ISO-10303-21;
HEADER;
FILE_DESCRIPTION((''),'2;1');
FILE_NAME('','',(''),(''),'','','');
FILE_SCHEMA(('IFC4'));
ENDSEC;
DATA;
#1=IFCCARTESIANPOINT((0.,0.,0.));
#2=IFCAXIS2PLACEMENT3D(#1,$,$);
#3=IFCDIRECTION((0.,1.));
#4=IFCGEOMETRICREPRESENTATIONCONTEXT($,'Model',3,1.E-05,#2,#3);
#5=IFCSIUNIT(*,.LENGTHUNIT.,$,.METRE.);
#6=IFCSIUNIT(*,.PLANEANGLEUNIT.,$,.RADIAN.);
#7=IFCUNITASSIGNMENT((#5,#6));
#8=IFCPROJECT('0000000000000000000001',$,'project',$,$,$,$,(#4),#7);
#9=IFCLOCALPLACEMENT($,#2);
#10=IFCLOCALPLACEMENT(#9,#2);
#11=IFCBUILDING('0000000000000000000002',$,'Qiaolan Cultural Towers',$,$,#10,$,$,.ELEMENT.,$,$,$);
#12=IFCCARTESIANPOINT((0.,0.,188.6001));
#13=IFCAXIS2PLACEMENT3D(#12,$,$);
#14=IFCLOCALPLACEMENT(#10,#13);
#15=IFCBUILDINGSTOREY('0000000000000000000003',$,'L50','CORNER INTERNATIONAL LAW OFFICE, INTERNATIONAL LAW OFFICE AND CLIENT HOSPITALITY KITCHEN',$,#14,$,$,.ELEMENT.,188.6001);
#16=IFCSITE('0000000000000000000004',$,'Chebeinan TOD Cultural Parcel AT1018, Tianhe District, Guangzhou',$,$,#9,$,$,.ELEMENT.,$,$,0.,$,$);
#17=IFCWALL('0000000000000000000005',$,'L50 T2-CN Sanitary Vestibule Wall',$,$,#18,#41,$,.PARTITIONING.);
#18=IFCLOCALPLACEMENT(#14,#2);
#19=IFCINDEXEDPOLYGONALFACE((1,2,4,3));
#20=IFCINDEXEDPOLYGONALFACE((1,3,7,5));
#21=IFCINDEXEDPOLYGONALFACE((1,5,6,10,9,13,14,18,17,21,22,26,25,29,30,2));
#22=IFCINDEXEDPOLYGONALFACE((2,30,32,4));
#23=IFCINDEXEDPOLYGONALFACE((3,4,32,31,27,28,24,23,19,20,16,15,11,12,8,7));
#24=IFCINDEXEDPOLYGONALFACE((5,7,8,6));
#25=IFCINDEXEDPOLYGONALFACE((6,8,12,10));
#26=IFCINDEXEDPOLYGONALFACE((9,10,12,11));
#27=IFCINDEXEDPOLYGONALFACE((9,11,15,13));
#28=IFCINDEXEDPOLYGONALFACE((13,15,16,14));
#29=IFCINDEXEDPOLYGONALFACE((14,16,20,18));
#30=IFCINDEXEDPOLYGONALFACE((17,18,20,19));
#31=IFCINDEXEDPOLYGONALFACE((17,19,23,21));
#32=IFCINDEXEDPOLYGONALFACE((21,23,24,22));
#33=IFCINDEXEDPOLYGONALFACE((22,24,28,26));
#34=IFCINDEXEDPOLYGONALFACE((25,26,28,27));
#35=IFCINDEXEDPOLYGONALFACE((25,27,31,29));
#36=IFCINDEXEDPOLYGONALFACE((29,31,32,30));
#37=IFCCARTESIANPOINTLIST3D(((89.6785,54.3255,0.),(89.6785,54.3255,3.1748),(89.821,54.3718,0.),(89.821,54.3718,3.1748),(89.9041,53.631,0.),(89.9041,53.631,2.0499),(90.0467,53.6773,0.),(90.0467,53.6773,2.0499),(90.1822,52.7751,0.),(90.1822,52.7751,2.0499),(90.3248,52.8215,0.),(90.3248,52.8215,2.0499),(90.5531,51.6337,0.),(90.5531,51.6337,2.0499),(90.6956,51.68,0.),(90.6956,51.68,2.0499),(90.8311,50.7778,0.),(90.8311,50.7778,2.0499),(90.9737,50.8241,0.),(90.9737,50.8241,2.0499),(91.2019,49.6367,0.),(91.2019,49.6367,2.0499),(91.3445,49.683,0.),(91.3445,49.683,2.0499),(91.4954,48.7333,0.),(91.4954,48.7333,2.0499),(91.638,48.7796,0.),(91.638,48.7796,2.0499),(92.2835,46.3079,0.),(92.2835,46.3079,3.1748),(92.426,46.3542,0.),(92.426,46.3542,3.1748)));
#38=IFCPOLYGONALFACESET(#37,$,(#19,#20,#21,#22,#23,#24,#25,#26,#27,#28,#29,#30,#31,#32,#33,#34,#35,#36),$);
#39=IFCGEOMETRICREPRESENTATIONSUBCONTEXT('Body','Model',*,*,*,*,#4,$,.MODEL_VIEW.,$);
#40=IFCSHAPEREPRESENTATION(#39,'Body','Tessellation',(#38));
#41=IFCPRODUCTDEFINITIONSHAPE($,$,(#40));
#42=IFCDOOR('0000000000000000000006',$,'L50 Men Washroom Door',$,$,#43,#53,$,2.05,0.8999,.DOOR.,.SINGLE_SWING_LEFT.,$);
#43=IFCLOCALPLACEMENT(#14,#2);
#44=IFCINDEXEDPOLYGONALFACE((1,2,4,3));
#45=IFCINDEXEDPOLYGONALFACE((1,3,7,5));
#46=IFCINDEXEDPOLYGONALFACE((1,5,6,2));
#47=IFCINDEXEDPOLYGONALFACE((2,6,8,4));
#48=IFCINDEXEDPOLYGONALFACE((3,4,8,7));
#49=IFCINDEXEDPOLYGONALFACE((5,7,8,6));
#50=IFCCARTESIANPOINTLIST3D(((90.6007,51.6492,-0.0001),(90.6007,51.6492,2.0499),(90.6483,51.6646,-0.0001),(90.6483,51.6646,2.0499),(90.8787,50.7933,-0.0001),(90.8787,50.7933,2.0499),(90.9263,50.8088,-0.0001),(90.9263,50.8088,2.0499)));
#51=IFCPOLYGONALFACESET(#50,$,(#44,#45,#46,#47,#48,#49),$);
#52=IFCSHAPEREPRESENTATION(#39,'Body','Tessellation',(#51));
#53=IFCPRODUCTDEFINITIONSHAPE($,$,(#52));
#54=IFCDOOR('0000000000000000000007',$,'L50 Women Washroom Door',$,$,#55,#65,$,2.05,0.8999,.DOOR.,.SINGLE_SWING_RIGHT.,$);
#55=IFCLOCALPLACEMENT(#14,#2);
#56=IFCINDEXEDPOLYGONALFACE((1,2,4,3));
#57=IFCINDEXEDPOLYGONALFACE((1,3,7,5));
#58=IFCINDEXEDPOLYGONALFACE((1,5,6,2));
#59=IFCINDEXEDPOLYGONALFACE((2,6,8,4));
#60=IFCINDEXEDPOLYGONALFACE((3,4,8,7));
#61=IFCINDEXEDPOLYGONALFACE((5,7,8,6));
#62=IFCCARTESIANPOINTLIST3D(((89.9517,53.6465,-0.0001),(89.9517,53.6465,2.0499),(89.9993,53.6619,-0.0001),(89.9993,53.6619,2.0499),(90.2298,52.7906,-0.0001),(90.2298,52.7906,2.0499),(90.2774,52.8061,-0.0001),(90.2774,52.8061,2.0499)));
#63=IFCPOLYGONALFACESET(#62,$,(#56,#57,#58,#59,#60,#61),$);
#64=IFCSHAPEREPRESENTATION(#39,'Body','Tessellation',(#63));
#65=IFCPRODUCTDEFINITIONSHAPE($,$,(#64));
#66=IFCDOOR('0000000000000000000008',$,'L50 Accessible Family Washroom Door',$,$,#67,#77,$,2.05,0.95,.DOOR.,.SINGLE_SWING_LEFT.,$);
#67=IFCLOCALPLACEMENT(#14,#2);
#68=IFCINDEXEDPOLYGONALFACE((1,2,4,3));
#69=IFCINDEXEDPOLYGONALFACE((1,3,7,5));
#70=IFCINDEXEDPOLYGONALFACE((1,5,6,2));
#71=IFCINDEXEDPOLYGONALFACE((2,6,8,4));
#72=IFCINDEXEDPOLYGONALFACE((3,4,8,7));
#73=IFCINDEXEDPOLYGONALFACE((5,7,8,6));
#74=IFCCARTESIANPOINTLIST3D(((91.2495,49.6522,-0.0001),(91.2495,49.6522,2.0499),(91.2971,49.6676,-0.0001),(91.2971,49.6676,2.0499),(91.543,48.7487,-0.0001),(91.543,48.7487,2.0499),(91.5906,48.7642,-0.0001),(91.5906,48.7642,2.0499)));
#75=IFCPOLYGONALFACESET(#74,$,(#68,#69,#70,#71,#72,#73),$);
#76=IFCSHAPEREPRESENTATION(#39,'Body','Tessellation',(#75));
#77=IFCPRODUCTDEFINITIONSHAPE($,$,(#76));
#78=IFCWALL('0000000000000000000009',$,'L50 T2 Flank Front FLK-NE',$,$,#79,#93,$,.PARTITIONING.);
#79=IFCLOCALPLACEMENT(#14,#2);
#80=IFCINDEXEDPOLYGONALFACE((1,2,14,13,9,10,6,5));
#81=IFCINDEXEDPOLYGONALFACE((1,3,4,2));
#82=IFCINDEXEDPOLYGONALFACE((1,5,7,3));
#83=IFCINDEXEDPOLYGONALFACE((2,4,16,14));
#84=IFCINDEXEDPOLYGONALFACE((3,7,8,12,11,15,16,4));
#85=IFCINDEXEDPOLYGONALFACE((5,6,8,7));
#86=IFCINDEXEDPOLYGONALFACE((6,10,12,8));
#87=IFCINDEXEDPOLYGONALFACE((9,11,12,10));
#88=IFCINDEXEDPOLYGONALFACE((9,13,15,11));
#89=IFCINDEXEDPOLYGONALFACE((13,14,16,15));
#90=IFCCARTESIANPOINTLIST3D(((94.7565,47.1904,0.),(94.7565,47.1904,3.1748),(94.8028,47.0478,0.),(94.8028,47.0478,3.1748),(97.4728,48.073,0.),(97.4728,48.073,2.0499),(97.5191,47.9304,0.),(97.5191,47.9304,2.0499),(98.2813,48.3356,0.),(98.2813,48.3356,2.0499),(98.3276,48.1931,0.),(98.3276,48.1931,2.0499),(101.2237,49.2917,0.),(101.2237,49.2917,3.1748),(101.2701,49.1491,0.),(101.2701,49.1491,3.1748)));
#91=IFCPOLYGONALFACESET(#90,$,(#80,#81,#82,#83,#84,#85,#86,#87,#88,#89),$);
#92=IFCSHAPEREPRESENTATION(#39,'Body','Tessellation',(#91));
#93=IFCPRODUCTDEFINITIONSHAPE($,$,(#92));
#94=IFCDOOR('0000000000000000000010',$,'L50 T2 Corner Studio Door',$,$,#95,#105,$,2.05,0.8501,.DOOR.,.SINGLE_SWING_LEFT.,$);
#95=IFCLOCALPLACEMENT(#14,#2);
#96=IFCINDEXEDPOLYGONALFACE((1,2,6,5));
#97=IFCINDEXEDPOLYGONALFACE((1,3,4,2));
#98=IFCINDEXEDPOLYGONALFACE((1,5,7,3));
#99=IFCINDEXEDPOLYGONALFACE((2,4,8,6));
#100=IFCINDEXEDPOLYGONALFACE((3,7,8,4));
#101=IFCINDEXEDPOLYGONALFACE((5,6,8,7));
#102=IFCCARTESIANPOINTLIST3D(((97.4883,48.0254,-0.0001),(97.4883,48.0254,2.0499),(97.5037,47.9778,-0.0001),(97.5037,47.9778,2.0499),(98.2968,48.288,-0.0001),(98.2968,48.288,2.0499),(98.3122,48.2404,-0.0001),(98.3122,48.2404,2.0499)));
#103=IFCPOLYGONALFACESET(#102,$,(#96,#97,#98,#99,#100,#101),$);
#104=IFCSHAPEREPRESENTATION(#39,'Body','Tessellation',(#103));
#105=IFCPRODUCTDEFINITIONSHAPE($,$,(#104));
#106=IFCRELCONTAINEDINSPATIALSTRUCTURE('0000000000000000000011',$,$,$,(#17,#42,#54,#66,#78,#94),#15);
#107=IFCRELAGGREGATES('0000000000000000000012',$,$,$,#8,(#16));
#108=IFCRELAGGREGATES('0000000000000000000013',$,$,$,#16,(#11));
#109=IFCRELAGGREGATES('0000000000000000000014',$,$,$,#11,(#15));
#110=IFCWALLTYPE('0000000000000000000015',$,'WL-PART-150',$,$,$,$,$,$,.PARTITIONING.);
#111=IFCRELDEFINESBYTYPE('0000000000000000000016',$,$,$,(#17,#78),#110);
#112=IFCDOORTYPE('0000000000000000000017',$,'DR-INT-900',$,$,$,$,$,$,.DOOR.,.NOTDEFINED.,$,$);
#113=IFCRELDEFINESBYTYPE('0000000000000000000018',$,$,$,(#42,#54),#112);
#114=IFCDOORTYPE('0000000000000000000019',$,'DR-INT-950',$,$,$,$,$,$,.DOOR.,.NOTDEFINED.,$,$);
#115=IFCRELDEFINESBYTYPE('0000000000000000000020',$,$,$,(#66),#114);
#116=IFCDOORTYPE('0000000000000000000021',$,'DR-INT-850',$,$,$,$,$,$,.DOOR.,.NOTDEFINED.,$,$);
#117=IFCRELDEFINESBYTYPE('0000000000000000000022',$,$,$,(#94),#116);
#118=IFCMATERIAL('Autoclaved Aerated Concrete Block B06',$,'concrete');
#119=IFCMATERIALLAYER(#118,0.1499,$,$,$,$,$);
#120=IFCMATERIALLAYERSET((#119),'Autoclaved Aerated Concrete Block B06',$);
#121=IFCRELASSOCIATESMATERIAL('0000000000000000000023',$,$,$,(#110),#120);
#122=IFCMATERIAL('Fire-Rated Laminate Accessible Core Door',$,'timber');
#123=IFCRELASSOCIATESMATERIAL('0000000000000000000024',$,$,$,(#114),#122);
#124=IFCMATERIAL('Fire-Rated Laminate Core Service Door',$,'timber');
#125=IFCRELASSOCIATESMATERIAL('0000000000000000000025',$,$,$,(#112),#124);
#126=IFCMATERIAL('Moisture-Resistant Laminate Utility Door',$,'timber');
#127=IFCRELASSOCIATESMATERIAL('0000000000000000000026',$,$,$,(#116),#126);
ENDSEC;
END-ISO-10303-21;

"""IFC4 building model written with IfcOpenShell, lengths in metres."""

from ifc_helpers import new_model, si_unit, direction, frame, frame_2d, origin, place, context, subcontext, project, spatial, rectangle, extrude, material, layer, layer_set, type_object, element, fill, save


model = new_model("IFC4")

# Units and contexts
model_context = context("Model", 3, precision=1e-05, world=origin(), true_north=direction((0.0, 1.0)))
body_context = subcontext(model_context, "Body", "Model", "MODEL_VIEW")
ifc_project = project(units=[si_unit("LENGTHUNIT", "METRE"), si_unit("PLANEANGLEUNIT", "RADIAN")], contexts=[model_context])

# Site, building, storey
site_placement = place(None, origin())
site = spatial("IfcSite", under=ifc_project, at=site_placement, Name="Chebeinan TOD Cultural Parcel AT1018, Tianhe District, Guangzhou", CompositionType="ELEMENT", RefElevation=0.0)
building_placement = place(site_placement, origin())
building = spatial("IfcBuilding", under=site, at=building_placement, Name="Qiaolan Cultural Towers", CompositionType="ELEMENT")
storey_placement = place(building_placement, frame((0.0, 0.0, 188.6001)))
storey = spatial("IfcBuildingStorey", under=building, at=storey_placement, Name="L50", Description="CORNER INTERNATIONAL LAW OFFICE, INTERNATIONAL LAW OFFICE AND CLIENT HOSPITALITY KITCHEN", CompositionType="ELEMENT", Elevation=188.6001)

# Shared definitions
ifc_material_1 = material(Name="Autoclaved Aerated Concrete Block B06", Category="concrete")
ifc_layer_1 = layer(ifc_material_1, 0.1499)
ifc_layer_set_1 = layer_set([ifc_layer_1], Name="Autoclaved Aerated Concrete Block B06")
wall_type_1 = type_object("IfcWallType", Name="WL-PART-150", PredefinedType="PARTITIONING", material=ifc_layer_set_1)
ifc_material_2 = material(Name="Fire-Rated Laminate Accessible Core Door", Category="timber")
door_type_1 = type_object("IfcDoorType", Name="DR-INT-950", OperationType="NOTDEFINED", PredefinedType="DOOR", material=ifc_material_2)

# Wall, openings, doors
wall_1_placement = place(storey_placement, frame((92.3547, 46.3311, 0.0), z_axis=(0.0, 0.0, 1.0), x_axis=(-0.309007, 0.95106, 0.0)))
wall_1 = element("IfcWall", 1, at=wall_1_placement, inside=storey, type_object=wall_type_1, Name="L50 T2-CN Sanitary Vestibule Wall", PredefinedType="PARTITIONING", context=body_context, shape_type="SweptSolid", body=[
    extrude(rectangle(XDim=8.4302, YDim=0.1499, at=frame_2d((4.2151, 0.0))), origin(), (0.0, 0.0, 1.0), 3.1748),
])
opening_1_placement = place(wall_1_placement, frame((2.55, 0.0, 0.0)))
opening_1 = element("IfcOpeningElement", 2, at=opening_1_placement, cuts=wall_1, PredefinedType="OPENING", context=body_context, shape_type="SweptSolid", body=[
    extrude(rectangle(XDim=0.95, YDim=2.05, at=frame_2d((0.4751, 1.0249))), frame((0.0, 0.085, 0.0), z_axis=(0.0, -1.0, 0.0), x_axis=(1.0, 0.0, 0.0)), (0.0, 0.0, 1.0), 0.1699),
])
opening_2_placement = place(wall_1_placement, frame((4.7, 0.0, 0.0)))
opening_2 = element("IfcOpeningElement", 3, at=opening_2_placement, cuts=wall_1, PredefinedType="OPENING", context=body_context, shape_type="SweptSolid", body=[
    extrude(rectangle(XDim=0.8999, YDim=2.05, at=frame_2d((0.45, 1.0249))), frame((0.0, 0.085, 0.0), z_axis=(0.0, -1.0, 0.0), x_axis=(1.0, 0.0, 0.0)), (0.0, 0.0, 1.0), 0.1699),
])
opening_3_placement = place(wall_1_placement, frame((6.8, 0.0, 0.0)))
opening_3 = element("IfcOpeningElement", 4, at=opening_3_placement, cuts=wall_1, PredefinedType="OPENING", context=body_context, shape_type="SweptSolid", body=[
    extrude(rectangle(XDim=0.8999, YDim=2.05, at=frame_2d((0.45, 1.0249))), frame((0.0, 0.085, 0.0), z_axis=(0.0, -1.0, 0.0), x_axis=(1.0, 0.0, 0.0)), (0.0, 0.0, 1.0), 0.1699),
])
ifc_material_3 = material(Name="Fire-Rated Laminate Core Service Door", Category="timber")
door_type_2 = type_object("IfcDoorType", Name="DR-INT-900", OperationType="NOTDEFINED", PredefinedType="DOOR", material=ifc_material_3)
door_1_placement = place(opening_2_placement, origin())
door_1 = element("IfcDoor", 5, at=door_1_placement, inside=storey, type_object=door_type_2, Name="L50 Men Washroom Door", OperationType="SINGLE_SWING_LEFT", OverallHeight=2.05, OverallWidth=0.8999, PredefinedType="DOOR", context=body_context, shape_type="SweptSolid", body=[
    extrude(rectangle(XDim=0.8999, YDim=2.05, at=frame_2d((0.45, 1.0249))), frame((0.0, 0.0249, 0.0), z_axis=(0.0, -1.0, 0.0), x_axis=(1.0, 0.0, 0.0)), (0.0, 0.0, 1.0), 0.05),
])
fill(opening_2, door_1)
door_2_placement = place(opening_3_placement, origin())
door_2 = element("IfcDoor", 6, at=door_2_placement, inside=storey, type_object=door_type_2, Name="L50 Women Washroom Door", OperationType="SINGLE_SWING_RIGHT", OverallHeight=2.05, OverallWidth=0.8999, PredefinedType="DOOR", context=body_context, shape_type="SweptSolid", body=[
    extrude(rectangle(XDim=0.8999, YDim=2.05, at=frame_2d((0.45, 1.0249))), frame((0.0, 0.0249, 0.0), z_axis=(0.0, -1.0, 0.0), x_axis=(1.0, 0.0, 0.0)), (0.0, 0.0, 1.0), 0.05),
])
fill(opening_3, door_2)
door_3_placement = place(opening_1_placement, origin())
door_3 = element("IfcDoor", 7, at=door_3_placement, inside=storey, type_object=door_type_1, Name="L50 Accessible Family Washroom Door", OperationType="SINGLE_SWING_LEFT", OverallHeight=2.05, OverallWidth=0.95, PredefinedType="DOOR", context=body_context, shape_type="SweptSolid", body=[
    extrude(rectangle(XDim=0.95, YDim=2.05, at=frame_2d((0.4751, 1.0249))), frame((0.0, 0.0249, 0.0), z_axis=(0.0, -1.0, 0.0), x_axis=(1.0, 0.0, 0.0)), (0.0, 0.0, 1.0), 0.05),
])
fill(opening_1, door_3)

# Wall, opening, door
wall_2_placement = place(storey_placement, frame((94.7798, 47.1191, 0.0), z_axis=(0.0, 0.0, 1.0), x_axis=(0.951058, 0.309013, 0.0)))
wall_2 = element("IfcWall", 8, at=wall_2_placement, inside=storey, type_object=wall_type_1, Name="L50 T2 Flank Front FLK-NE", PredefinedType="PARTITIONING", context=body_context, shape_type="SweptSolid", body=[
    extrude(rectangle(XDim=6.8, YDim=0.1499, at=frame_2d((3.3999, 0.0))), origin(), (0.0, 0.0, 1.0), 3.1748),
])
opening_4_placement = place(wall_2_placement, frame((2.856, 0.0, 0.0)))
opening_4 = element("IfcOpeningElement", 9, at=opening_4_placement, cuts=wall_2, PredefinedType="OPENING", context=body_context, shape_type="SweptSolid", body=[
    extrude(rectangle(XDim=0.8501, YDim=2.05, at=frame_2d((0.425, 1.0249))), frame((0.0, 0.085, 0.0), z_axis=(0.0, -1.0, 0.0), x_axis=(1.0, 0.0, 0.0)), (0.0, 0.0, 1.0), 0.1699),
])
ifc_material_4 = material(Name="Moisture-Resistant Laminate Utility Door", Category="timber")
door_type_3 = type_object("IfcDoorType", Name="DR-INT-850", OperationType="NOTDEFINED", PredefinedType="DOOR", material=ifc_material_4)
door_4_placement = place(opening_4_placement, origin())
door_4 = element("IfcDoor", 10, at=door_4_placement, inside=storey, type_object=door_type_3, Name="L50 T2 Corner Studio Door", OperationType="SINGLE_SWING_LEFT", OverallHeight=2.05, OverallWidth=0.8501, PredefinedType="DOOR", context=body_context, shape_type="SweptSolid", body=[
    extrude(rectangle(XDim=0.8501, YDim=2.05, at=frame_2d((0.425, 1.0249))), frame((0.0, 0.0249, 0.0), z_axis=(0.0, -1.0, 0.0), x_axis=(1.0, 0.0, 0.0)), (0.0, 0.0, 1.0), 0.05),
])
fill(opening_4, door_4)

save(model, "model.ifc")
